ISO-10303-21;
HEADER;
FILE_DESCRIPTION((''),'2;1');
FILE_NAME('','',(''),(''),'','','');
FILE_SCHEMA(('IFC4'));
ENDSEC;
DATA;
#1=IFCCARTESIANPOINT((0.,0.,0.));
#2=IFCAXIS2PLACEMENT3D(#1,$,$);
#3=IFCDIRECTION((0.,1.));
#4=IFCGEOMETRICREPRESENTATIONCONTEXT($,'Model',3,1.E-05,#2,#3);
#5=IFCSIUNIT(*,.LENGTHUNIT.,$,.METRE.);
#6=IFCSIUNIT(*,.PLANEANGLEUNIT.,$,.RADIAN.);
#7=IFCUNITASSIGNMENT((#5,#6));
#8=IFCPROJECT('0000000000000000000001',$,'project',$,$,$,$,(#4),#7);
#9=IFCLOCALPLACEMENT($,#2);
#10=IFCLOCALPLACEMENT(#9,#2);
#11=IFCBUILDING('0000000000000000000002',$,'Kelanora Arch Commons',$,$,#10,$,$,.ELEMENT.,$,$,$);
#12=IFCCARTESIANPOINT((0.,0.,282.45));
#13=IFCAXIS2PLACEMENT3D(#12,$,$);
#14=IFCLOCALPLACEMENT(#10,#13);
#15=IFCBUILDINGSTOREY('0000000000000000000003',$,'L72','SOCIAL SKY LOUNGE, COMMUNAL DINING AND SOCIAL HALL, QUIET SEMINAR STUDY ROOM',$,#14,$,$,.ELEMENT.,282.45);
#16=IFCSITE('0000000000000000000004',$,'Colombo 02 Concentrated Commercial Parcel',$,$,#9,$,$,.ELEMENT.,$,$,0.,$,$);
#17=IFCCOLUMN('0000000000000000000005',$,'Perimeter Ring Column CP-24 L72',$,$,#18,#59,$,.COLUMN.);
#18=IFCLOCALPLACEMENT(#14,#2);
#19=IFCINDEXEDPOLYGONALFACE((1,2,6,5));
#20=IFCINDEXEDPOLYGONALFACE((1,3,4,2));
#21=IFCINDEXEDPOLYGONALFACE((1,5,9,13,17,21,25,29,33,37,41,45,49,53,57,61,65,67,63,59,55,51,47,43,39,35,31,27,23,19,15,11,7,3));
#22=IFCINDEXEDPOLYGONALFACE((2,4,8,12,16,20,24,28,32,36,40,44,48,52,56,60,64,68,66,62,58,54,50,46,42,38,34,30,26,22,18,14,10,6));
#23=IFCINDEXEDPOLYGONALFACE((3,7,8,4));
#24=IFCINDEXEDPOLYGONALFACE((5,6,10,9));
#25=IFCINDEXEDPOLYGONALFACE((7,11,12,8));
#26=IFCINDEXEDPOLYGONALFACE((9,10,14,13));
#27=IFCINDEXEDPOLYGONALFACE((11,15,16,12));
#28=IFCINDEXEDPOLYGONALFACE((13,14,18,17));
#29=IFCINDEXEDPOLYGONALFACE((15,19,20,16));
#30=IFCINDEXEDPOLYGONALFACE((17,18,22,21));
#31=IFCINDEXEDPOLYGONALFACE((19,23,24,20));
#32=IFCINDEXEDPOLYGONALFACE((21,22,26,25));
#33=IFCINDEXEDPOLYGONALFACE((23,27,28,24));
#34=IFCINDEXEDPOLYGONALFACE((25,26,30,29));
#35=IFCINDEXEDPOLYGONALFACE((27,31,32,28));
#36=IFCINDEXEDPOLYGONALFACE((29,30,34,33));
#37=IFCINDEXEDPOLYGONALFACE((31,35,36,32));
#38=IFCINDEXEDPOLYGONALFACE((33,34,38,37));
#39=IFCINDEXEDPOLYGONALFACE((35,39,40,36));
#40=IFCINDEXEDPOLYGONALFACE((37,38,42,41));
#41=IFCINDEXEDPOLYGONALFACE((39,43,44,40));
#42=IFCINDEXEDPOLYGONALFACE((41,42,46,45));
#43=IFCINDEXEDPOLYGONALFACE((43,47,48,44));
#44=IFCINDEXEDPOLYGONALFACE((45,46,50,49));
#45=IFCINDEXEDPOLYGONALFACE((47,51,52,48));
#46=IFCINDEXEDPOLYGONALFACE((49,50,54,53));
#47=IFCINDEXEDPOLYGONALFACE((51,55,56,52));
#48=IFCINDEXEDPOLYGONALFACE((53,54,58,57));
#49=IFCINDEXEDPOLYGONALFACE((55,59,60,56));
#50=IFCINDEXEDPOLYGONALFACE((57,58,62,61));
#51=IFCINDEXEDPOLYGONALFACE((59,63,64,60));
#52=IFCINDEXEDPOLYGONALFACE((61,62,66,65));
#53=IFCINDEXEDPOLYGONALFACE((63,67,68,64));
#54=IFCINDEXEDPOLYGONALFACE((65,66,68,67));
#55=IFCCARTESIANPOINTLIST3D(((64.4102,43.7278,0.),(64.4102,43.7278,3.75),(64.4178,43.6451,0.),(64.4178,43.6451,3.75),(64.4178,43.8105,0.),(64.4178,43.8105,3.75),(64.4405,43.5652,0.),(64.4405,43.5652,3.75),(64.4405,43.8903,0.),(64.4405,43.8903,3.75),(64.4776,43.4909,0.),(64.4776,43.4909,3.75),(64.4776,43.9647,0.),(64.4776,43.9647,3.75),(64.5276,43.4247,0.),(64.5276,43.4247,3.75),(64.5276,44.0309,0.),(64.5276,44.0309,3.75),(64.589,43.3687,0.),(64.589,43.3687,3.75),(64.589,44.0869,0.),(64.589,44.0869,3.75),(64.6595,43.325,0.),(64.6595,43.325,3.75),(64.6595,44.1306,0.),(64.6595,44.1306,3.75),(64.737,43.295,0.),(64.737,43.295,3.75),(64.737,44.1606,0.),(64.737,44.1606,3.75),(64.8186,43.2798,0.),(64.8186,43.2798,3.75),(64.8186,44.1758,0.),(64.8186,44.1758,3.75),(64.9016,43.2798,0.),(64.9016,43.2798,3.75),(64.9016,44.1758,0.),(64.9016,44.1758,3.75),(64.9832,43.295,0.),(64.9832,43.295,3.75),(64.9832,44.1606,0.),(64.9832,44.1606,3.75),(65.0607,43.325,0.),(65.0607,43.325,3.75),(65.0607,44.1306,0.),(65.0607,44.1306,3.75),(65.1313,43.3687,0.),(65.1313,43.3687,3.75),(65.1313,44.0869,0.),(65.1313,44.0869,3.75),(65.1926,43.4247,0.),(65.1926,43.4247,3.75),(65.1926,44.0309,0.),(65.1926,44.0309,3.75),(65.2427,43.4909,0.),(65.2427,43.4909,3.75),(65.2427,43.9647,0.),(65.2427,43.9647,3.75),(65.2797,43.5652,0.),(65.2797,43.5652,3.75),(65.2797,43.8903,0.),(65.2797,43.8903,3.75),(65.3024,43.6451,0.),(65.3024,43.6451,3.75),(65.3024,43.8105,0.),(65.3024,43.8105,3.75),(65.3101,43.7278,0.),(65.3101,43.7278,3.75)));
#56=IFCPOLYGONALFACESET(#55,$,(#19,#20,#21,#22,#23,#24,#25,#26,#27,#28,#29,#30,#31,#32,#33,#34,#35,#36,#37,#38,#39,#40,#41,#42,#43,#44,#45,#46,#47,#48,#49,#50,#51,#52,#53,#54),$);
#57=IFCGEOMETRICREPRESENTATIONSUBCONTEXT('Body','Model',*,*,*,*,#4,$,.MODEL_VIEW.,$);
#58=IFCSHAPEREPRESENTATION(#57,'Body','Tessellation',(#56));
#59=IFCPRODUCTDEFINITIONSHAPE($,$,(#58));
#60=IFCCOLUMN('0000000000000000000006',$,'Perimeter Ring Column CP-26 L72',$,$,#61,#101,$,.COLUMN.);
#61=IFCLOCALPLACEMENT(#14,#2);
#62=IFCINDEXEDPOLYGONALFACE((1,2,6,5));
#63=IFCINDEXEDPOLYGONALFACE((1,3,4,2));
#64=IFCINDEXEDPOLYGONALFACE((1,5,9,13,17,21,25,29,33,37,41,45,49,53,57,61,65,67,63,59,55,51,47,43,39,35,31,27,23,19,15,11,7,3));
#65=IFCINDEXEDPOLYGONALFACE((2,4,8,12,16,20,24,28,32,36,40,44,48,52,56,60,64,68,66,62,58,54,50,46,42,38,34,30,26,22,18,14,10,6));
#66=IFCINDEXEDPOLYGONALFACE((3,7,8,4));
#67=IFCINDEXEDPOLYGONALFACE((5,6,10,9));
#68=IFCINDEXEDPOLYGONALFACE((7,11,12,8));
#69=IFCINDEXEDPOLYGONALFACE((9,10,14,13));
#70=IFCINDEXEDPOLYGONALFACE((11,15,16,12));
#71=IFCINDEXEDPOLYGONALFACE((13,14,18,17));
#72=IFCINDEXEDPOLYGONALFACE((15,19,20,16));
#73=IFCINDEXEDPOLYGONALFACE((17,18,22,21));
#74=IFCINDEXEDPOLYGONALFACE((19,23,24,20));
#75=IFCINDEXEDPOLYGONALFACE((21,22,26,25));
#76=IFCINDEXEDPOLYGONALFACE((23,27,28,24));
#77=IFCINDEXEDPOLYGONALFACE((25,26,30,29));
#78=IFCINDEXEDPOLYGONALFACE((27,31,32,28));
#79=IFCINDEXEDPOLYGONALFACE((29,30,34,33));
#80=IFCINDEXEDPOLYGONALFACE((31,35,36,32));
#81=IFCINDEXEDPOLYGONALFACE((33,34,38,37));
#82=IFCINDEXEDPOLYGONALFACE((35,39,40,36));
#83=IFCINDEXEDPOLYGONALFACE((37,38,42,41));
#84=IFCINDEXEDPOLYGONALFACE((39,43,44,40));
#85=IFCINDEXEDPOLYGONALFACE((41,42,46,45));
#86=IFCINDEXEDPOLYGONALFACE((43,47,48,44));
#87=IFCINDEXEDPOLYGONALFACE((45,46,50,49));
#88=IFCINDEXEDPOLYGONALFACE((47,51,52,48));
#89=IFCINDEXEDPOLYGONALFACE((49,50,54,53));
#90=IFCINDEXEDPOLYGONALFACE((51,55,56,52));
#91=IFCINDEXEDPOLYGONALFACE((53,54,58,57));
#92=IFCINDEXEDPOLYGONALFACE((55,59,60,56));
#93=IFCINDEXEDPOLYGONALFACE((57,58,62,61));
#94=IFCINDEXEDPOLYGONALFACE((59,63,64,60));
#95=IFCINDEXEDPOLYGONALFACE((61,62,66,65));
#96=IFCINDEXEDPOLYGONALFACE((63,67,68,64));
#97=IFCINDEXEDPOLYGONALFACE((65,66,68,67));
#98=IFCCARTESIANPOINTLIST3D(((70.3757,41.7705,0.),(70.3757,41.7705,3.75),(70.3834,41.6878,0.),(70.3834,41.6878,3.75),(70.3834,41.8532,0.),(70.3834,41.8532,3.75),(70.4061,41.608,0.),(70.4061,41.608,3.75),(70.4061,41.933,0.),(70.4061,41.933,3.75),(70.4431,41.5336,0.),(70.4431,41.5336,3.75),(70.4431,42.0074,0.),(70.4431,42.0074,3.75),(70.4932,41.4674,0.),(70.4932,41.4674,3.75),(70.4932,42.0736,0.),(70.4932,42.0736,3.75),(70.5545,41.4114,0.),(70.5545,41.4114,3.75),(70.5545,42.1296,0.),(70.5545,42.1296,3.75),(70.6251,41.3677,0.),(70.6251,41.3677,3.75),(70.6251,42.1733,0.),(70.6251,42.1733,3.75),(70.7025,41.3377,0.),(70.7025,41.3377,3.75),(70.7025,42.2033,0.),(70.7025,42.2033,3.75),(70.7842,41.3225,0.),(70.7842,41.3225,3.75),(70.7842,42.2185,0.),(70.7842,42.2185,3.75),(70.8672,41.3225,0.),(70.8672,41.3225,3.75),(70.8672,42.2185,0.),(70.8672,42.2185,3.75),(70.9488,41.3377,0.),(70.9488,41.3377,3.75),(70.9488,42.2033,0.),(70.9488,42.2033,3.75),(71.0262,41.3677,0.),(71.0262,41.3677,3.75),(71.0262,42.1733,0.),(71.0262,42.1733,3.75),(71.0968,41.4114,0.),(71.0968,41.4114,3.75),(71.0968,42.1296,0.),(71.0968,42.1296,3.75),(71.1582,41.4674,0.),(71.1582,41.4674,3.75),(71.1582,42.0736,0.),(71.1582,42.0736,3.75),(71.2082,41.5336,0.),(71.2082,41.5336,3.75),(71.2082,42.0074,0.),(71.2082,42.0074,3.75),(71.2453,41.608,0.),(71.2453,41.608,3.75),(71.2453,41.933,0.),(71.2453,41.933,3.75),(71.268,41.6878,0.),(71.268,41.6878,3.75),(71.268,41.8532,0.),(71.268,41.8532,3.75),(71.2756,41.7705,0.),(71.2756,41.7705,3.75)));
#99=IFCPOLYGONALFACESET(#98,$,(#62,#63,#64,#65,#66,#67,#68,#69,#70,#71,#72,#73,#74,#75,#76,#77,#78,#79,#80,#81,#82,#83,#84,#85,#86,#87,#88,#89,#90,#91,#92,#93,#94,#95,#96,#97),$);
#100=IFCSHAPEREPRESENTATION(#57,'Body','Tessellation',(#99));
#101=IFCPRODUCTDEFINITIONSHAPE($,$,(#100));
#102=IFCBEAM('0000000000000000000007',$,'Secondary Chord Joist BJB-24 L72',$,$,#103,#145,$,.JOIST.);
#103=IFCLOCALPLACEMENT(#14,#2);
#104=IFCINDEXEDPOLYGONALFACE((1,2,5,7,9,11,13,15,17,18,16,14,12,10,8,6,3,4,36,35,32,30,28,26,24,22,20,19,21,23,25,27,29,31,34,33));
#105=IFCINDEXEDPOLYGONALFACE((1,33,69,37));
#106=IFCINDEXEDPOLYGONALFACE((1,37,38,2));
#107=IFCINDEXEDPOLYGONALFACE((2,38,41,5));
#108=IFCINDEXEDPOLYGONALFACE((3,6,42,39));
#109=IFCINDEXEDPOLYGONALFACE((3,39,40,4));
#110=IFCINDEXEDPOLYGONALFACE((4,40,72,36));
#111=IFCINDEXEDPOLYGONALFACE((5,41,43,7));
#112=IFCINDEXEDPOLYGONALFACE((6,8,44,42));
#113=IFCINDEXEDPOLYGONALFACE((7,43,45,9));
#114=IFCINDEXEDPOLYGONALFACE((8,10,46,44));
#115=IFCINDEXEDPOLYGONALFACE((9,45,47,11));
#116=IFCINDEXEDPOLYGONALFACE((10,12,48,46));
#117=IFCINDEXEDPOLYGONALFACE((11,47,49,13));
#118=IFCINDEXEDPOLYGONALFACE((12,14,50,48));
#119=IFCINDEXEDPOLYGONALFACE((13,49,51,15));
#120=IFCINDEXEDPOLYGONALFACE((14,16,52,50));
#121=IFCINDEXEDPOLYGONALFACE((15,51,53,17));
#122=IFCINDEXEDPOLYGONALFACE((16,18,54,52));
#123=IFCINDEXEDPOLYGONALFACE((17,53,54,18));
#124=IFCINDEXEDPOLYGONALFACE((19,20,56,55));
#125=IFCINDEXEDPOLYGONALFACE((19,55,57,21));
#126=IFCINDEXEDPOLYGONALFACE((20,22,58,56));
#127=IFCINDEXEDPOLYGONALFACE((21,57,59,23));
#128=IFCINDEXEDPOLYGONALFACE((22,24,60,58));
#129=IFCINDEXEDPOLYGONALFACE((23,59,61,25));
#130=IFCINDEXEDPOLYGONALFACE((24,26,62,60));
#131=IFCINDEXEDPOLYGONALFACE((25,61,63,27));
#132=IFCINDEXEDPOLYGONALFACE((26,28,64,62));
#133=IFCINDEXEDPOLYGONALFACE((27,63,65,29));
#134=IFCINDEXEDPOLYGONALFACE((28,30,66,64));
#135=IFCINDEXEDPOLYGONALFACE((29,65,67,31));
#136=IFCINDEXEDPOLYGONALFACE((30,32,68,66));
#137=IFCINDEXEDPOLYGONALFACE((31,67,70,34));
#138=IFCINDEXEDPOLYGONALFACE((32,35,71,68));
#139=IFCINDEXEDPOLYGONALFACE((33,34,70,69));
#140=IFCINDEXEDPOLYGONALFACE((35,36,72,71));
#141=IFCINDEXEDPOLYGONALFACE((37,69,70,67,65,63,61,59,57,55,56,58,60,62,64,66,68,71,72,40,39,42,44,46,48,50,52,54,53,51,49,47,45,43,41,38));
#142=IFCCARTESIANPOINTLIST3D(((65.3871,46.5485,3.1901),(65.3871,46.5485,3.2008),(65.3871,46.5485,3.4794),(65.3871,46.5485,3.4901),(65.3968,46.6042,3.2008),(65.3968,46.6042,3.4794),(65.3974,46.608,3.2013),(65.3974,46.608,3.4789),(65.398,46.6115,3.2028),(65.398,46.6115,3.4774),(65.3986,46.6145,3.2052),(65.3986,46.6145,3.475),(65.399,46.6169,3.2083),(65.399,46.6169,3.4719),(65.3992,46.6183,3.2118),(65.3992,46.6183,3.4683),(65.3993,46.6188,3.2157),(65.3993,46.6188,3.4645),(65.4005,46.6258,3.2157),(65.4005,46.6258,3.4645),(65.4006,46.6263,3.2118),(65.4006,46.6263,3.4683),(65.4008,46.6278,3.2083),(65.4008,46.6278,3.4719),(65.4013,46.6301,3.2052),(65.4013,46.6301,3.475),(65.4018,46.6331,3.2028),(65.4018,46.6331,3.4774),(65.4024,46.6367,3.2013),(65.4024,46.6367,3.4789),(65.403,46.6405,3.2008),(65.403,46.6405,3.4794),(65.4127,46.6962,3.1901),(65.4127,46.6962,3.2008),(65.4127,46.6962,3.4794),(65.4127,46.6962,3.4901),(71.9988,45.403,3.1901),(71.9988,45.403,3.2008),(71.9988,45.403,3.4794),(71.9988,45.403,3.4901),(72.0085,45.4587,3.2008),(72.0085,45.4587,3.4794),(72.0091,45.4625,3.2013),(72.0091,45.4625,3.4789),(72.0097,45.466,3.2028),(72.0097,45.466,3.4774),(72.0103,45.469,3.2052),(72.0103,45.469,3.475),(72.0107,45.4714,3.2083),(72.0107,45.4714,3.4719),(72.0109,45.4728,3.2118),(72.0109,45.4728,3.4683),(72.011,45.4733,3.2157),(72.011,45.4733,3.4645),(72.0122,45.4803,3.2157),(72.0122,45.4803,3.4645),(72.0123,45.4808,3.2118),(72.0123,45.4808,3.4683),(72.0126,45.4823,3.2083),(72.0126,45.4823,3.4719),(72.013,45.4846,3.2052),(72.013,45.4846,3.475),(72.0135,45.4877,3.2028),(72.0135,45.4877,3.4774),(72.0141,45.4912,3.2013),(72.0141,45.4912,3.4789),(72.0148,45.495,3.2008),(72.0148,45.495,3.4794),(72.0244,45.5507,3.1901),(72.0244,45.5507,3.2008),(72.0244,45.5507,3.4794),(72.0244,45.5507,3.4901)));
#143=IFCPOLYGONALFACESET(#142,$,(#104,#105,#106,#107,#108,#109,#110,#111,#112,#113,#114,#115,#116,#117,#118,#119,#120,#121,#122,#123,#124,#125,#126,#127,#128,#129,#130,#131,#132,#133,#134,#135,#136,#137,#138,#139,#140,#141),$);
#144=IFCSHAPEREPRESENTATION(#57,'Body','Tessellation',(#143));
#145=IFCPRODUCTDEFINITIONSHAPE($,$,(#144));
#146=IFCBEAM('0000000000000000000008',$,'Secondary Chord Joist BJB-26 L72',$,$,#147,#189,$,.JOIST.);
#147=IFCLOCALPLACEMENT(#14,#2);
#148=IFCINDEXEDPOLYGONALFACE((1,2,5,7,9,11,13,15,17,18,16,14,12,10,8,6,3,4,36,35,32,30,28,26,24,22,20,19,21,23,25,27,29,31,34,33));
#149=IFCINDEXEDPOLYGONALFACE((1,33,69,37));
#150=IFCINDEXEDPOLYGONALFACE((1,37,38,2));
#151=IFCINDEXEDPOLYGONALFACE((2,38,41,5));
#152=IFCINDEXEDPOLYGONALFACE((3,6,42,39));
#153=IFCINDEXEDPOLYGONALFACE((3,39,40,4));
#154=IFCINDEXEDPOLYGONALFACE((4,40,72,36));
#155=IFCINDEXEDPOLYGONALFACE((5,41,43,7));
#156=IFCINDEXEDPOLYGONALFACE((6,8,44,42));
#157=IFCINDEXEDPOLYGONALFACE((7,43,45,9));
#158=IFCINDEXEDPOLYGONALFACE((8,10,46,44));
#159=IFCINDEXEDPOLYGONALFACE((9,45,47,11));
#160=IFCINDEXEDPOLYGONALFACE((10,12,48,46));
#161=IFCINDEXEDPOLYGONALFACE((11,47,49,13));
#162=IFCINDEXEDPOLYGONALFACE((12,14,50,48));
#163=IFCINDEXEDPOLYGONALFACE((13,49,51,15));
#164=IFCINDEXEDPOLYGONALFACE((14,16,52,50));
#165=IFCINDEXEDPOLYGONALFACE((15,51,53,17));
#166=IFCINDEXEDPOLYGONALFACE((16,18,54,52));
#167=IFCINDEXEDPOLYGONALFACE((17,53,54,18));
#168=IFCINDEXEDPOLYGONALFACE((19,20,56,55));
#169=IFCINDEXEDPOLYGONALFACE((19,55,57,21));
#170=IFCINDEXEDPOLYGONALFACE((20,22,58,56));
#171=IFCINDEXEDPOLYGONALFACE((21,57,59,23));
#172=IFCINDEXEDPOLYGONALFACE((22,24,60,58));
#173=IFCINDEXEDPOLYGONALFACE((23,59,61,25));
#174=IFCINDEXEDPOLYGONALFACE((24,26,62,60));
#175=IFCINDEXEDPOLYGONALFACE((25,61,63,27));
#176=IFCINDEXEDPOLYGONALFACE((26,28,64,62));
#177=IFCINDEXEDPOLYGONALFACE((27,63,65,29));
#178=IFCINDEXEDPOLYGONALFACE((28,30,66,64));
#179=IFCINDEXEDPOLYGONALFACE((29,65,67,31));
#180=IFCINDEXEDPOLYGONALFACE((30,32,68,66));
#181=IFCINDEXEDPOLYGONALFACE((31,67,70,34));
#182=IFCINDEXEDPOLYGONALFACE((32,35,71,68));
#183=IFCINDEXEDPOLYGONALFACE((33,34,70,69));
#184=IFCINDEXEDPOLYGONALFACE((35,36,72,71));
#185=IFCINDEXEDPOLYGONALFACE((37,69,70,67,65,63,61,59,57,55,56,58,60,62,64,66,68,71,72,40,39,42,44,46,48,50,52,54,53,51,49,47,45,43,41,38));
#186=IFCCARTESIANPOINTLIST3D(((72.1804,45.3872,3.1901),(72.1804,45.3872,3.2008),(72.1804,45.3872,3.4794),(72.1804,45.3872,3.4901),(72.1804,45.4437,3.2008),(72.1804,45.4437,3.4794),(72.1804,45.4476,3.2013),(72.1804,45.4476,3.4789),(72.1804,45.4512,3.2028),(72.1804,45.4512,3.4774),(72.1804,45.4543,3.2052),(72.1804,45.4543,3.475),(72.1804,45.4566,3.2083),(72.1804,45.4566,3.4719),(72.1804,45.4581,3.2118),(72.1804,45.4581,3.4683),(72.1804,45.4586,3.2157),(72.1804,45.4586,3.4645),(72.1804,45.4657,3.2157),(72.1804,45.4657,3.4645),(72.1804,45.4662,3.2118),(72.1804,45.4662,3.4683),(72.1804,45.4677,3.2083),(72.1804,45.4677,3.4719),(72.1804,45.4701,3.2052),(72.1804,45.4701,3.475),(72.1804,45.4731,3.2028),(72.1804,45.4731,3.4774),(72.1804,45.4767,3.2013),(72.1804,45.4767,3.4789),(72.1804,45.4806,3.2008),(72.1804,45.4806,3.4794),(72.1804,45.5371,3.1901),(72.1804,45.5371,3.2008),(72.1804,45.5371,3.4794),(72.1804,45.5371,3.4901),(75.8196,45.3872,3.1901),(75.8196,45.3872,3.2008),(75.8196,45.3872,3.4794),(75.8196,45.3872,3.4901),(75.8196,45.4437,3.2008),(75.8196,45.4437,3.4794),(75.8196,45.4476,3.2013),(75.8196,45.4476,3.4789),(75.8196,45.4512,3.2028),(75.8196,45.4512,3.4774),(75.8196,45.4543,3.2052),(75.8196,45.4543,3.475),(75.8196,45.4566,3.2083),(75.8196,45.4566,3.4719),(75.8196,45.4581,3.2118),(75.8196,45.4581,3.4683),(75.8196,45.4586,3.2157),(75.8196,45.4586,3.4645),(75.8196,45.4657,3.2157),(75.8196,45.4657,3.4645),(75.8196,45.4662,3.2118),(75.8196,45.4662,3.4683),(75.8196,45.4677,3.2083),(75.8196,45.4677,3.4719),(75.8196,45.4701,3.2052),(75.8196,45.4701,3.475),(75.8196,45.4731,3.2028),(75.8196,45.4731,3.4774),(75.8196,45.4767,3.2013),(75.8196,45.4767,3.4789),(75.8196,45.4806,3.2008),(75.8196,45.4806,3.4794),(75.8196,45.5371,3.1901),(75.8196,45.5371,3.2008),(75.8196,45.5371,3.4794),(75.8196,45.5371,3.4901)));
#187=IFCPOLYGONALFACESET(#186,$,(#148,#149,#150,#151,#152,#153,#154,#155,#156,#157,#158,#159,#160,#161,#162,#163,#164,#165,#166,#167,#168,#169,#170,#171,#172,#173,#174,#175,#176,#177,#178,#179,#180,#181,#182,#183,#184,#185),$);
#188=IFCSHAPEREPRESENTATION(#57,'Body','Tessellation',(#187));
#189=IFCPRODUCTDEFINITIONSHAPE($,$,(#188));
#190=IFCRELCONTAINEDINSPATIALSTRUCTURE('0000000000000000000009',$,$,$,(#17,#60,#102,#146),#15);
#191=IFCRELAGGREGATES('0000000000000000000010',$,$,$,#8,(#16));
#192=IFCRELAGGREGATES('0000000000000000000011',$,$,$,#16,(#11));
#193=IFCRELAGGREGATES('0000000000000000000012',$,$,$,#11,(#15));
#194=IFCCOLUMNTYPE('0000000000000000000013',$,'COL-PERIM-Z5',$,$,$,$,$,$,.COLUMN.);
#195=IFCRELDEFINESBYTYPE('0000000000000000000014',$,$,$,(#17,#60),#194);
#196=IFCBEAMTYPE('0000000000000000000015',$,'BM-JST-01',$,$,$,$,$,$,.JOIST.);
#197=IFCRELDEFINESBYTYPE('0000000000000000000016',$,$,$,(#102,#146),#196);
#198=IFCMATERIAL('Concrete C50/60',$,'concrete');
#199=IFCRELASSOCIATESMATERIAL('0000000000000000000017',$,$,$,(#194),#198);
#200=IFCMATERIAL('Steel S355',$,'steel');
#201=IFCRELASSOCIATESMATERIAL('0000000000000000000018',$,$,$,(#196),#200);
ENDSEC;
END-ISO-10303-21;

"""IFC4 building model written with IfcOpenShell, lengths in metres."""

from ifc_helpers import new_model, si_unit, direction, frame, origin, origin_2d, place, context, subcontext, project, spatial, circle, i_section, extrude, material, material_profile, profile_set, type_object, element, save


model = new_model("IFC4")

# Units and contexts
model_context = context("Model", 3, precision=1e-05, world=origin(), true_north=direction((0.0, 1.0)))
body_context = subcontext(model_context, "Body", "Model", "MODEL_VIEW")
ifc_project = project(units=[si_unit("LENGTHUNIT", "METRE"), si_unit("PLANEANGLEUNIT", "RADIAN")], contexts=[model_context])

# Site, building, storey
site_placement = place(None, origin())
site = spatial("IfcSite", under=ifc_project, at=site_placement, Name="Colombo 02 Concentrated Commercial Parcel", CompositionType="ELEMENT", RefElevation=0.0)
building_placement = place(site_placement, origin())
building = spatial("IfcBuilding", under=site, at=building_placement, Name="Kelanora Arch Commons", CompositionType="ELEMENT")
storey_placement = place(building_placement, frame((0.0, 0.0, 282.45)))
storey = spatial("IfcBuildingStorey", under=building, at=storey_placement, Name="L72", Description="SOCIAL SKY LOUNGE, COMMUNAL DINING AND SOCIAL HALL, QUIET SEMINAR STUDY ROOM", CompositionType="ELEMENT", Elevation=282.45)

# Columns
ifc_material_1 = material(Name="Concrete C50/60", Category="concrete")
ifc_material_profile_1 = material_profile(ifc_material_1, circle(Radius=0.45, at=origin_2d()), Name="RCC900")
ifc_profile_set_1 = profile_set([ifc_material_profile_1], Name="Concrete C50/60")
column_type = type_object("IfcColumnType", Name="COL-PERIM-Z5", PredefinedType="COLUMN", material=ifc_profile_set_1)
for number, where, z_axis, x_axis, name in (
    (1, (64.8601, 43.7278, 0.0), (0.0, 0.0, 1.0), (1.0, 0.0, 0.0), "Perimeter Ring Column CP-24 L72"),
    (2, (70.8257, 41.7705, 0.0), (0.0, 0.0, 1.0), (1.0, 0.0, 0.0), "Perimeter Ring Column CP-26 L72"),
):
    element("IfcColumn", number, at=place(storey_placement, frame(where, z_axis=z_axis, x_axis=x_axis)), inside=storey, type_object=column_type, Name=name, PredefinedType="COLUMN", context=body_context, shape_type="SweptSolid", body=[
        extrude(circle(Radius=0.45, at=origin_2d()), origin(), (0.0, 0.0, 1.0), 3.75),
    ])

# Beams
ifc_material_2 = material(Name="Steel S355", Category="steel")
ifc_material_profile_2 = material_profile(ifc_material_2, i_section(OverallWidth=0.1499, OverallDepth=0.3, WebThickness=0.0071, FlangeThickness=0.0107, FilletRadius=0.0149, at=origin_2d()), Name="IPE300")
ifc_profile_set_2 = profile_set([ifc_material_profile_2], Name="Steel S355")
beam_type_1 = type_object("IfcBeamType", Name="BM-JST-01", PredefinedType="JOIST", material=ifc_profile_set_2)
beam_1_placement = place(storey_placement, frame((65.3999, 46.6223, 3.3401), z_axis=(0.985322, -0.170709, 0.0), x_axis=(0.170709, 0.985322, 0.0)))
element("IfcBeam", 3, at=beam_1_placement, inside=storey, type_object=beam_type_1, Name="Secondary Chord Joist BJB-24 L72", PredefinedType="JOIST", context=body_context, shape_type="SweptSolid", body=[
    extrude(i_section(OverallWidth=0.1499, OverallDepth=0.3, WebThickness=0.0071, FlangeThickness=0.0107, FilletRadius=0.0149, at=origin_2d()), origin(), (0.0, 0.0, 1.0), 6.7102),
])
beam_2_placement = place(storey_placement, frame((72.1804, 45.4622, 3.3401), z_axis=(1.0, 0.0, 0.0), x_axis=(0.0, 1.0, 0.0)))
element("IfcBeam", 4, at=beam_2_placement, inside=storey, type_object=beam_type_1, Name="Secondary Chord Joist BJB-26 L72", PredefinedType="JOIST", context=body_context, shape_type="SweptSolid", body=[
    extrude(i_section(OverallWidth=0.1499, OverallDepth=0.3, WebThickness=0.0071, FlangeThickness=0.0107, FilletRadius=0.0149, at=origin_2d()), origin(), (0.0, 0.0, 1.0), 3.6392),
])

save(model, "model.ifc")
